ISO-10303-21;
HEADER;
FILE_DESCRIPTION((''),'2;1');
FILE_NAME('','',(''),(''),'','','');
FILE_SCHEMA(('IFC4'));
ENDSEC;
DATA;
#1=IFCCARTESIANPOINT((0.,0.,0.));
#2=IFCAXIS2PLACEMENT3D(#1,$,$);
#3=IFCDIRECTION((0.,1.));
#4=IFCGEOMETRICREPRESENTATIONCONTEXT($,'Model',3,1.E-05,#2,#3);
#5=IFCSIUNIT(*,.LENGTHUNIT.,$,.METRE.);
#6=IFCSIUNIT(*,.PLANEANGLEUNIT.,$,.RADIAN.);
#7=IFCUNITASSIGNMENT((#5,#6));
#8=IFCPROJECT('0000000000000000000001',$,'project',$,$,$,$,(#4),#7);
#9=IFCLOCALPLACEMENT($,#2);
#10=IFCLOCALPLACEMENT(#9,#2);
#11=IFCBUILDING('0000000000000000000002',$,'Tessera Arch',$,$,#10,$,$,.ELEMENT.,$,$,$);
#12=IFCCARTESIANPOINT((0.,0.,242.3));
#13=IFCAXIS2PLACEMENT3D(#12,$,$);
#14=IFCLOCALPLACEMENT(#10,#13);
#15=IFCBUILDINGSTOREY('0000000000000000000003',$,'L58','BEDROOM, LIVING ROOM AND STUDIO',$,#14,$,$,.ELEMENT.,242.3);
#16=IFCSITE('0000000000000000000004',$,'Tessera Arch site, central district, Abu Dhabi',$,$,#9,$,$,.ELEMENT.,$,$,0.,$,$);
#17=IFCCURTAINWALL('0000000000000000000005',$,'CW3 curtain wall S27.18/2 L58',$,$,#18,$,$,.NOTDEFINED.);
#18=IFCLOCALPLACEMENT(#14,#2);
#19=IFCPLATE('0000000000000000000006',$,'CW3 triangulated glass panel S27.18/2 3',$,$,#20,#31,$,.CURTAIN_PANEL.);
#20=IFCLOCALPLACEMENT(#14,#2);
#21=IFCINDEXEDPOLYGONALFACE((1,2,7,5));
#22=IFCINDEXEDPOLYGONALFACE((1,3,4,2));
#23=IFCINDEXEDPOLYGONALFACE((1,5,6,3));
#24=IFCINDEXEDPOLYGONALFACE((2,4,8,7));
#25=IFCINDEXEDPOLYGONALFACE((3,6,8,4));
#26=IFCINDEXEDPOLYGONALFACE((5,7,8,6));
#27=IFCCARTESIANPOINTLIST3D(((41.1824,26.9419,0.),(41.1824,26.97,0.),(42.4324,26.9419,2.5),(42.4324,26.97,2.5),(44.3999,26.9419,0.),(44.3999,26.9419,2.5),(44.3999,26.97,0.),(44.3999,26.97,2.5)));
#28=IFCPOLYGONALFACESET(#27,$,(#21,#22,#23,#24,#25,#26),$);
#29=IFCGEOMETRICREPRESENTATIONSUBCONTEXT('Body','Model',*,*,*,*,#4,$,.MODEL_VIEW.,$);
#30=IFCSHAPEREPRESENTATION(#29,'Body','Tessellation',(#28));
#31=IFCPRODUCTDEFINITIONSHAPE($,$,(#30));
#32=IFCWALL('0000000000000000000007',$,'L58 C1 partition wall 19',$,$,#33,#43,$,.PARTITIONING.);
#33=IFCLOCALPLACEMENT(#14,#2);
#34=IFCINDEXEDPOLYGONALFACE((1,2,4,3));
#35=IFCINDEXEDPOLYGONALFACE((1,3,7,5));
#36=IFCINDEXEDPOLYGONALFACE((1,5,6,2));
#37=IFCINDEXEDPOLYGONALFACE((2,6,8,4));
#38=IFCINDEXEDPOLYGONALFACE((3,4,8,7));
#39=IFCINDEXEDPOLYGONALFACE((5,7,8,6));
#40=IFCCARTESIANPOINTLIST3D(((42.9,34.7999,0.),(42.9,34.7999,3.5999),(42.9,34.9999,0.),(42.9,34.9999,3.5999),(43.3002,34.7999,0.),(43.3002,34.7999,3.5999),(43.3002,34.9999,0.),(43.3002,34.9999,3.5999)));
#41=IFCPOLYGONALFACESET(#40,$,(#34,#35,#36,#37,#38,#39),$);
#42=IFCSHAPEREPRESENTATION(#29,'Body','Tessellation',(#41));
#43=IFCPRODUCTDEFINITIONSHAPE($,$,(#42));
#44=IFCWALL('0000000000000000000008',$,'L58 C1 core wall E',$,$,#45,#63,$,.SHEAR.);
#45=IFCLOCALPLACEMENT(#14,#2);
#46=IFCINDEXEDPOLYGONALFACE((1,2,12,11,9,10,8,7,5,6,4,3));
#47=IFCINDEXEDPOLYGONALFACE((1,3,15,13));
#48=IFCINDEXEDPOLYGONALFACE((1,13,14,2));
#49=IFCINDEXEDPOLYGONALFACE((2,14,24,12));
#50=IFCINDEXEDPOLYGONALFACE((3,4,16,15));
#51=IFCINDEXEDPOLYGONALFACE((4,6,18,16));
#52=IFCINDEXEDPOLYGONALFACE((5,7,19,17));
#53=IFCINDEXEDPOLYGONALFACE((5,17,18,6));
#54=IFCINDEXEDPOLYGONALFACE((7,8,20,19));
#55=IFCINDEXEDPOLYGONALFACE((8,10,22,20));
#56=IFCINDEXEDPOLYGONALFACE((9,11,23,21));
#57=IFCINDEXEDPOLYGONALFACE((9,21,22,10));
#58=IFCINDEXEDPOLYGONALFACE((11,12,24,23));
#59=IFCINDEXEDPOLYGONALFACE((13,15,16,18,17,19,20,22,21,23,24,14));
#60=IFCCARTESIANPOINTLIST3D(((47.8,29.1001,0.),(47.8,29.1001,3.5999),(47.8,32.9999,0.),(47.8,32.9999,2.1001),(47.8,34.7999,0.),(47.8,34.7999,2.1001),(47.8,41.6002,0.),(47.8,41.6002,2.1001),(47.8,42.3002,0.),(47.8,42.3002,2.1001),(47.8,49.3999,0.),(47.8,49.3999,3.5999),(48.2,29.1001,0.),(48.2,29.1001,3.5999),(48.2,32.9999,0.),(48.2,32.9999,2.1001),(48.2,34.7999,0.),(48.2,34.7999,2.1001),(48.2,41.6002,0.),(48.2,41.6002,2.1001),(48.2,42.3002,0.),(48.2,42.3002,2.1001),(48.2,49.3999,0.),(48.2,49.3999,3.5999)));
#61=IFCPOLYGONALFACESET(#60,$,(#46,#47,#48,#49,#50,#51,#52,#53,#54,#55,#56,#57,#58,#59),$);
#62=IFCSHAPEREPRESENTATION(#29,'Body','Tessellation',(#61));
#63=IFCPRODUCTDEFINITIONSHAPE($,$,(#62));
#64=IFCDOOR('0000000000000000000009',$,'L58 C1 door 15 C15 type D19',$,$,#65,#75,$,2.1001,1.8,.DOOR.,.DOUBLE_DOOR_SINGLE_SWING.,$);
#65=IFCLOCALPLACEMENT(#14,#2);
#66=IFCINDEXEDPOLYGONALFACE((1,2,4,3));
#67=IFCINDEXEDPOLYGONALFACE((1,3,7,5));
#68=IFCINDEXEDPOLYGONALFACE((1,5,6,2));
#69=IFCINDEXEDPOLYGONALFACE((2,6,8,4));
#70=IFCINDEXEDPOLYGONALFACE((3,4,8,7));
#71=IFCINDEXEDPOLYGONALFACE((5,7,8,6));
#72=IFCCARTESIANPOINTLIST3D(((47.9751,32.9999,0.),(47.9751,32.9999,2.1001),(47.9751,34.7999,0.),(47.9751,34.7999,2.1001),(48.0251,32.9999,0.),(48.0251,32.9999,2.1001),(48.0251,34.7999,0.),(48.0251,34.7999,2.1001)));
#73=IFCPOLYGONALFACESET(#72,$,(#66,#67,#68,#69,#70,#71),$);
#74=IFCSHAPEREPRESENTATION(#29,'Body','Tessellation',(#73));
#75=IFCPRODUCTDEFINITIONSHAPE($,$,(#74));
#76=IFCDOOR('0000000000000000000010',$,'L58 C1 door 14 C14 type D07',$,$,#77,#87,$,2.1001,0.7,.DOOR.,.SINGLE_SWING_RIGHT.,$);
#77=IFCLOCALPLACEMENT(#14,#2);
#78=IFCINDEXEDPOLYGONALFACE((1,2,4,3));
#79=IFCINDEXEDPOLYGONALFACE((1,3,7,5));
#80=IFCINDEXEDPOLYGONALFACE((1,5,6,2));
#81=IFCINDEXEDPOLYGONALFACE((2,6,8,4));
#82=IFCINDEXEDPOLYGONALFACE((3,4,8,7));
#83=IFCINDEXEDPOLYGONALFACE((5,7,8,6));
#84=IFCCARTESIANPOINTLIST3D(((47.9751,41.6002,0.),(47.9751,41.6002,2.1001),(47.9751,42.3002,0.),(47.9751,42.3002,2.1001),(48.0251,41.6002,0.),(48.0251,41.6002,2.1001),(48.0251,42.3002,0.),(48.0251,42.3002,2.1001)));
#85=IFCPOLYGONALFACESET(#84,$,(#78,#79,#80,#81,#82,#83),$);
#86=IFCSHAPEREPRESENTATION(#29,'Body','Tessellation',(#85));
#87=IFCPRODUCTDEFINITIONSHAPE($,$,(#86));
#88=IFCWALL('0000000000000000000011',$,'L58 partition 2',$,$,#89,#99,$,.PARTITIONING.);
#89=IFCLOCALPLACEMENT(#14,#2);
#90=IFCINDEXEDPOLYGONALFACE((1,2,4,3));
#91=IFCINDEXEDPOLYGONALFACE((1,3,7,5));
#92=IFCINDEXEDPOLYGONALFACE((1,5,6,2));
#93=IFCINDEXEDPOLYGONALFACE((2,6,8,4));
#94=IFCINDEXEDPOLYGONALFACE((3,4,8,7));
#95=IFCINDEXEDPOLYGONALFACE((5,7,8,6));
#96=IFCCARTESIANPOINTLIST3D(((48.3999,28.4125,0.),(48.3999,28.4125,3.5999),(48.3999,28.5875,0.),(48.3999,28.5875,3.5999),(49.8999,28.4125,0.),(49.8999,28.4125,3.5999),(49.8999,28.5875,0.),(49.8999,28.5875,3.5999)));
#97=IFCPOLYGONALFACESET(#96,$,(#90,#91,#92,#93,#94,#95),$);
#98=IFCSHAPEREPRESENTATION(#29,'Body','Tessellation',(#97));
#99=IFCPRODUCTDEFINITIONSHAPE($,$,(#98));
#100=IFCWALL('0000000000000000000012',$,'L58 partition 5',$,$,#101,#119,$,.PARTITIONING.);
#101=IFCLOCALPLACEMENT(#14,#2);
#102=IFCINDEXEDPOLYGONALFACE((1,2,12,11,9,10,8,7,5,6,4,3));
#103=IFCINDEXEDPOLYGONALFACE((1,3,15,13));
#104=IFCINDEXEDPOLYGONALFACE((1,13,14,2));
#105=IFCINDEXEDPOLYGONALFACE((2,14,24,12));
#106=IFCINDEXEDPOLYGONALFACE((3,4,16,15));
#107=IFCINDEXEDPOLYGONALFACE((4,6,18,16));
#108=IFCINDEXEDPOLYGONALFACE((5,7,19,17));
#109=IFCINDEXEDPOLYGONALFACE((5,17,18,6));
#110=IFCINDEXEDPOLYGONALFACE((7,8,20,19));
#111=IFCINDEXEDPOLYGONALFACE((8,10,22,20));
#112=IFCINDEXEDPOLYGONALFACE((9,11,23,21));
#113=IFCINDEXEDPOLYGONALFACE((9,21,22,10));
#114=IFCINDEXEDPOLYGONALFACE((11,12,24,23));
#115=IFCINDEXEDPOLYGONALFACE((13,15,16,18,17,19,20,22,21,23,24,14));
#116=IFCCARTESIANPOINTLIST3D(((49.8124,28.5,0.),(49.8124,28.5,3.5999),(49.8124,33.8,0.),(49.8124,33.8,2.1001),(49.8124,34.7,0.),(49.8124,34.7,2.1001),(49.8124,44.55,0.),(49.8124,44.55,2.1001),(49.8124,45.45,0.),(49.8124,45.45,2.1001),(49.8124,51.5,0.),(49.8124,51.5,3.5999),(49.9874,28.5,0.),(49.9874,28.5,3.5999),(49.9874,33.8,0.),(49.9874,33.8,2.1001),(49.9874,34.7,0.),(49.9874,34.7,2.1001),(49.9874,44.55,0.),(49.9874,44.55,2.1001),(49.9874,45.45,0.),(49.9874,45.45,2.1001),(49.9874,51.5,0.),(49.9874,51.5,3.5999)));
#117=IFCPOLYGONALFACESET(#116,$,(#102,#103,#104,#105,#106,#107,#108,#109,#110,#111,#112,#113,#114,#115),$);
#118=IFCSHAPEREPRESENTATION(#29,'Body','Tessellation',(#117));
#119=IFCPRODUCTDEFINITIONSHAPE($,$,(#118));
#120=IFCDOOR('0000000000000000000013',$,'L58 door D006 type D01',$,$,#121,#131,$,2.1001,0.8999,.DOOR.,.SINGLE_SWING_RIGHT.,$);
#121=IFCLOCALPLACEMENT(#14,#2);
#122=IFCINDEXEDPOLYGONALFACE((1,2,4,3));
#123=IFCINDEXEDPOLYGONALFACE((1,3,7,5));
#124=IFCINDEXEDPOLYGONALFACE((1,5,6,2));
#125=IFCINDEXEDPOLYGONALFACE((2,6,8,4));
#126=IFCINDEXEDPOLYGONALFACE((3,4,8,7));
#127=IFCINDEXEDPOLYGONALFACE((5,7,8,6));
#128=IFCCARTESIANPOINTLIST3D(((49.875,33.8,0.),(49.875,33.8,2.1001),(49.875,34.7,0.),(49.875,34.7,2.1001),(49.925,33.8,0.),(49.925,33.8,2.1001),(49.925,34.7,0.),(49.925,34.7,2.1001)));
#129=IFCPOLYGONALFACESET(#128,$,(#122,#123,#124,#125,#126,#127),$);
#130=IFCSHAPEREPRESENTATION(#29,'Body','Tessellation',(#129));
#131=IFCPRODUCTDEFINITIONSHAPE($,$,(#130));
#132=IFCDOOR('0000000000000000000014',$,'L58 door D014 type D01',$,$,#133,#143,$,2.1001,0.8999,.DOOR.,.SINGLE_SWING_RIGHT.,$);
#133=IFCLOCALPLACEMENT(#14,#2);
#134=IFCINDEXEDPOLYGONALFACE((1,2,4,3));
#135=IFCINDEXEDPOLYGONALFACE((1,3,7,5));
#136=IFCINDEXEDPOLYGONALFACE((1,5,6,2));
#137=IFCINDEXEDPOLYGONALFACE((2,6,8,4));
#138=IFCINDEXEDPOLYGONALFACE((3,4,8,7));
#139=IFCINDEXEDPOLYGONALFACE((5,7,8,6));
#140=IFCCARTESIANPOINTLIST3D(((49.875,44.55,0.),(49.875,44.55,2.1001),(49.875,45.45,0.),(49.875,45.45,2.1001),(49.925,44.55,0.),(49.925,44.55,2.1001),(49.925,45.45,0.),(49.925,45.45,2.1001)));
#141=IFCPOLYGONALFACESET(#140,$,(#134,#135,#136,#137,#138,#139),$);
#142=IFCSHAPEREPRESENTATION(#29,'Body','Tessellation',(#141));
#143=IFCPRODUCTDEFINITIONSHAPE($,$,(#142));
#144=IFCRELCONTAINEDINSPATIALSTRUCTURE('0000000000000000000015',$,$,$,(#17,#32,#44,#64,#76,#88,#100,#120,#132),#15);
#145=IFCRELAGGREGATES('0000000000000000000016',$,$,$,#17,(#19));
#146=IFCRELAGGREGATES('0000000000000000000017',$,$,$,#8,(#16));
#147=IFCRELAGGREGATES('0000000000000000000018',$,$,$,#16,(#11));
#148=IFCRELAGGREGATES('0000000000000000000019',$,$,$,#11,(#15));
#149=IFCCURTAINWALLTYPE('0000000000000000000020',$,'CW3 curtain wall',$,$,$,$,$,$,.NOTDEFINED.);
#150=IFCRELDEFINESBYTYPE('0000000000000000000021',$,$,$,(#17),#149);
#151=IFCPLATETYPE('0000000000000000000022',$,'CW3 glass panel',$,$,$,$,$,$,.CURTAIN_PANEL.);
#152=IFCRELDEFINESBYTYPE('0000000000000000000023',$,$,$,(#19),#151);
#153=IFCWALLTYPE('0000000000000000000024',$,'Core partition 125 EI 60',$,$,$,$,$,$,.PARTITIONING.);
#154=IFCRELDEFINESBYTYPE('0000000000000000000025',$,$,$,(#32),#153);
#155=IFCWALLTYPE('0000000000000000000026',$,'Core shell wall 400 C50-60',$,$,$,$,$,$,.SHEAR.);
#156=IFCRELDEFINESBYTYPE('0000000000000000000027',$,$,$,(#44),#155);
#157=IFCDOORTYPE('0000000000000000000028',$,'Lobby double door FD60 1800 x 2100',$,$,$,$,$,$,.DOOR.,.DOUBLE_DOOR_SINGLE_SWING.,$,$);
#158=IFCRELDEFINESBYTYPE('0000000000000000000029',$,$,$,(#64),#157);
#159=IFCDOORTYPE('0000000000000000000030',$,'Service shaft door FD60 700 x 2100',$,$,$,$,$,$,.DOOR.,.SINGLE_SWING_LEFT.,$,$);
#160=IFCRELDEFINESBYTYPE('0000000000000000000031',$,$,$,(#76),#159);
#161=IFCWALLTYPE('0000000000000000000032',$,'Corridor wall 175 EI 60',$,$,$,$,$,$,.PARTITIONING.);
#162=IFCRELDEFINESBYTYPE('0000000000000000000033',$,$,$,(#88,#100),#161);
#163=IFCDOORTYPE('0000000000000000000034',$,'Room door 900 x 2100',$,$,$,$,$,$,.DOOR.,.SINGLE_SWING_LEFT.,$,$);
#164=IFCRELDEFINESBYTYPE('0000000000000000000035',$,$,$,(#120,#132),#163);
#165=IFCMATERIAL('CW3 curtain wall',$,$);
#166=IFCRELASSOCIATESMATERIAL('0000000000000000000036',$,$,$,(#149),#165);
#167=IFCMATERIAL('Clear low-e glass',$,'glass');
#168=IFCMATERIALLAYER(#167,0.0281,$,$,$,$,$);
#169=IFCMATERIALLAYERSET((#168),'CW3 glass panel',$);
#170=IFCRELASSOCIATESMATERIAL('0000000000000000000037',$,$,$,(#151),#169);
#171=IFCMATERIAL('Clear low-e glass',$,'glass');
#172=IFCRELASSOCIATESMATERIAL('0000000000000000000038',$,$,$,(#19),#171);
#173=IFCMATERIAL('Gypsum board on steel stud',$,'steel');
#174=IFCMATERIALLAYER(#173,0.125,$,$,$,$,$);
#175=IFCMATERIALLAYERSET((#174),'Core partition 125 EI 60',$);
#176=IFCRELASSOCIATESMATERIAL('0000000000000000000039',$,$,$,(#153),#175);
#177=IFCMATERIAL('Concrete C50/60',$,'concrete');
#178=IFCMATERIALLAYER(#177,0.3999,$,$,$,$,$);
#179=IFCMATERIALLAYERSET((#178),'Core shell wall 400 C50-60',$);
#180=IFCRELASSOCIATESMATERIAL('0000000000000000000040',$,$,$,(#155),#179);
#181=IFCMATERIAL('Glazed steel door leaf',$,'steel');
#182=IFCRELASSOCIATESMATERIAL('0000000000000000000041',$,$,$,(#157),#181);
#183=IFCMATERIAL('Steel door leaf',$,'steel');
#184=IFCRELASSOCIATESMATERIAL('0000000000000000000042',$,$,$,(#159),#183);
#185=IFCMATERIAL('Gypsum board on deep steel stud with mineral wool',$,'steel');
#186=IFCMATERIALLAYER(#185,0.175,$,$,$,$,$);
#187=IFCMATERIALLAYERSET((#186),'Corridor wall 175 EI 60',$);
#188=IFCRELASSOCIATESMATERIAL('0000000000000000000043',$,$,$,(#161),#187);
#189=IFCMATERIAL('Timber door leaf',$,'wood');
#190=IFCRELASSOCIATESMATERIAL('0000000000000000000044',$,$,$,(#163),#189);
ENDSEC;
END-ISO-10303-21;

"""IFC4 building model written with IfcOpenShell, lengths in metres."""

from ifc_helpers import new_model, si_unit, direction, frame, frame_2d, origin, place, context, subcontext, project, spatial, polyline, rectangle, outline, extrude, material, layer, layer_set, type_object, element, fill, aggregate, save


model = new_model("IFC4")

# Units and contexts
model_context = context("Model", 3, precision=1e-05, world=origin(), true_north=direction((0.0, 1.0)))
body_context = subcontext(model_context, "Body", "Model", "MODEL_VIEW")
ifc_project = project(units=[si_unit("LENGTHUNIT", "METRE"), si_unit("PLANEANGLEUNIT", "RADIAN")], contexts=[model_context])

# Site, building, storey
site_placement = place(None, origin())
site = spatial("IfcSite", under=ifc_project, at=site_placement, Name="Tessera Arch site, central district, Abu Dhabi", CompositionType="ELEMENT", RefElevation=0.0)
building_placement = place(site_placement, origin())
building = spatial("IfcBuilding", under=site, at=building_placement, Name="Tessera Arch", CompositionType="ELEMENT")
storey_placement = place(building_placement, frame((0.0, 0.0, 242.3)))
storey = spatial("IfcBuildingStorey", under=building, at=storey_placement, Name="L58", Description="BEDROOM, LIVING ROOM AND STUDIO", CompositionType="ELEMENT", Elevation=242.3)

# Shared definitions
ifc_material_1 = material(Name="CW3 curtain wall")
curtain_wall_type_1 = type_object("IfcCurtainWallType", Name="CW3 curtain wall", PredefinedType="NOTDEFINED", material=ifc_material_1)

# Shared definitions
ifc_material_2 = material(Name="Clear low-e glass", Category="glass")
ifc_material_3 = material(Name="Clear low-e glass", Category="glass")
ifc_layer_1 = layer(ifc_material_3, 0.0281)
ifc_layer_set_1 = layer_set([ifc_layer_1], Name="CW3 glass panel")
plate_type_1 = type_object("IfcPlateType", Name="CW3 glass panel", PredefinedType="CURTAIN_PANEL", material=ifc_layer_set_1)

# Curtain wall, plate
curtain_wall_1_placement = place(storey_placement, origin())
curtain_wall_1 = element("IfcCurtainWall", 1, at=curtain_wall_1_placement, inside=storey, type_object=curtain_wall_type_1, Name="CW3 curtain wall S27.18/2 L58", PredefinedType="NOTDEFINED")
plate_1_placement = place(storey_placement, frame((44.3999, 26.9419, 2.5), z_axis=(0.0, -1.0, 0.0), x_axis=(-1.0, 0.0, 0.0)))
plate_1 = element("IfcPlate", 2, at=plate_1_placement, type_object=plate_type_1, material=ifc_material_2, Name="CW3 triangulated glass panel S27.18/2 3", PredefinedType="CURTAIN_PANEL", context=body_context, shape_type="SweptSolid", body=[
    extrude(outline(polyline([(0.0, 0.0), (1.9675, 0.0), (3.2175, 2.5), (0.0, 2.5), (0.0, 0.0)])), origin(), (0.0, 0.0, -1.0), 0.0281),
])
aggregate(curtain_wall_1, [plate_1])

# Wall
ifc_material_4 = material(Name="Gypsum board on steel stud", Category="steel")
ifc_layer_2 = layer(ifc_material_4, 0.125)
ifc_layer_set_2 = layer_set([ifc_layer_2], Name="Core partition 125 EI 60")
wall_type_1 = type_object("IfcWallType", Name="Core partition 125 EI 60", PredefinedType="PARTITIONING", material=ifc_layer_set_2)
wall_1_placement = place(storey_placement, frame((42.8999, 34.8999, 0.0), z_axis=(0.0, 0.0, 1.0), x_axis=(1.0, 0.0, 0.0)))
element("IfcWall", 3, at=wall_1_placement, inside=storey, type_object=wall_type_1, Name="L58 C1 partition wall 19", PredefinedType="PARTITIONING", context=body_context, shape_type="SweptSolid", body=[
    extrude(rectangle(XDim=0.4001, YDim=0.2, at=frame_2d((0.2002, 0.0))), origin(), (0.0, 0.0, 1.0), 3.5999),
])

# Wall, openings, doors
ifc_material_5 = material(Name="Concrete C50/60", Category="concrete")
ifc_layer_3 = layer(ifc_material_5, 0.3999)
ifc_layer_set_3 = layer_set([ifc_layer_3], Name="Core shell wall 400 C50-60")
wall_type_2 = type_object("IfcWallType", Name="Core shell wall 400 C50-60", PredefinedType="SHEAR", material=ifc_layer_set_3)
wall_2_placement = place(storey_placement, frame((48.0, 29.1001, 0.0), z_axis=(0.0, 0.0, 1.0), x_axis=(0.0, 1.0, 0.0)))
wall_2 = element("IfcWall", 4, at=wall_2_placement, inside=storey, type_object=wall_type_2, Name="L58 C1 core wall E", PredefinedType="SHEAR", context=body_context, shape_type="SweptSolid", body=[
    extrude(rectangle(XDim=20.2998, YDim=0.3999, at=frame_2d((10.1499, 0.0))), origin(), (0.0, 0.0, 1.0), 3.5999),
])
opening_1_placement = place(wall_2_placement, frame((12.5, 0.0, 0.0)))
opening_1 = element("IfcOpeningElement", 5, at=opening_1_placement, cuts=wall_2, PredefinedType="OPENING", context=body_context, shape_type="SweptSolid", body=[
    extrude(rectangle(XDim=0.7, YDim=2.1001, at=frame_2d((0.3501, 1.05))), frame((0.0, 0.21, 0.0), z_axis=(0.0, -1.0, 0.0), x_axis=(1.0, 0.0, 0.0)), (0.0, 0.0, 1.0), 0.4199),
])
opening_2_placement = place(wall_2_placement, frame((3.8999, 0.0, 0.0)))
opening_2 = element("IfcOpeningElement", 6, at=opening_2_placement, cuts=wall_2, PredefinedType="OPENING", context=body_context, shape_type="SweptSolid", body=[
    extrude(rectangle(XDim=1.8, YDim=2.1001, at=frame_2d((0.8999, 1.05))), frame((0.0, 0.21, 0.0), z_axis=(0.0, -1.0, 0.0), x_axis=(1.0, 0.0, 0.0)), (0.0, 0.0, 1.0), 0.4199),
])
ifc_material_6 = material(Name="Glazed steel door leaf", Category="steel")
door_type_1 = type_object("IfcDoorType", Name="Lobby double door FD60 1800 x 2100", OperationType="DOUBLE_DOOR_SINGLE_SWING", PredefinedType="DOOR", material=ifc_material_6)
door_1_placement = place(opening_2_placement, origin())
door_1 = element("IfcDoor", 7, at=door_1_placement, inside=storey, type_object=door_type_1, Name="L58 C1 door 15 C15 type D19", OperationType="DOUBLE_DOOR_SINGLE_SWING", OverallHeight=2.1001, OverallWidth=1.8, PredefinedType="DOOR", context=body_context, shape_type="SweptSolid", body=[
    extrude(rectangle(XDim=1.8, YDim=2.1001, at=frame_2d((0.8999, 1.05))), frame((0.0, 0.0249, 0.0), z_axis=(0.0, -1.0, 0.0), x_axis=(1.0, 0.0, 0.0)), (0.0, 0.0, 1.0), 0.05),
])
fill(opening_2, door_1)
ifc_material_7 = material(Name="Steel door leaf", Category="steel")
door_type_2 = type_object("IfcDoorType", Name="Service shaft door FD60 700 x 2100", OperationType="SINGLE_SWING_LEFT", PredefinedType="DOOR", material=ifc_material_7)
door_2_placement = place(opening_1_placement, origin())
door_2 = element("IfcDoor", 8, at=door_2_placement, inside=storey, type_object=door_type_2, Name="L58 C1 door 14 C14 type D07", OperationType="SINGLE_SWING_RIGHT", OverallHeight=2.1001, OverallWidth=0.7, PredefinedType="DOOR", context=body_context, shape_type="SweptSolid", body=[
    extrude(rectangle(XDim=0.7, YDim=2.1001, at=frame_2d((0.3501, 1.05))), frame((0.0, 0.0249, 0.0), z_axis=(0.0, -1.0, 0.0), x_axis=(1.0, 0.0, 0.0)), (0.0, 0.0, 1.0), 0.05),
])
fill(opening_1, door_2)

# Wall
ifc_material_8 = material(Name="Gypsum board on deep steel stud with mineral wool", Category="steel")
ifc_layer_4 = layer(ifc_material_8, 0.175)
ifc_layer_set_4 = layer_set([ifc_layer_4], Name="Corridor wall 175 EI 60")
wall_type_3 = type_object("IfcWallType", Name="Corridor wall 175 EI 60", PredefinedType="PARTITIONING", material=ifc_layer_set_4)
wall_3_placement = place(storey_placement, frame((48.3999, 28.5, 0.0), z_axis=(0.0, 0.0, 1.0), x_axis=(1.0, 0.0, 0.0)))
element("IfcWall", 9, at=wall_3_placement, inside=storey, type_object=wall_type_3, Name="L58 partition 2", PredefinedType="PARTITIONING", context=body_context, shape_type="SweptSolid", body=[
    extrude(rectangle(XDim=1.5, YDim=0.175, at=frame_2d((0.75, 0.0))), origin(), (0.0, 0.0, 1.0), 3.5999),
])

# Wall, openings, doors
wall_4_placement = place(storey_placement, frame((49.8999, 28.5, 0.0), z_axis=(0.0, 0.0, 1.0), x_axis=(0.0, 1.0, 0.0)))
wall_4 = element("IfcWall", 10, at=wall_4_placement, inside=storey, type_object=wall_type_3, Name="L58 partition 5", PredefinedType="PARTITIONING", context=body_context, shape_type="SweptSolid", body=[
    extrude(rectangle(XDim=23.0, YDim=0.175, at=frame_2d((11.5, 0.0))), origin(), (0.0, 0.0, 1.0), 3.5999),
])
opening_3_placement = place(wall_4_placement, frame((5.3, 0.0, 0.0)))
opening_3 = element("IfcOpeningElement", 11, at=opening_3_placement, cuts=wall_4, PredefinedType="OPENING", context=body_context, shape_type="SweptSolid", body=[
    extrude(rectangle(XDim=0.8999, YDim=2.1001, at=frame_2d((0.45, 1.05))), frame((0.0, 0.0974, 0.0), z_axis=(0.0, -1.0, 0.0), x_axis=(1.0, 0.0, 0.0)), (0.0, 0.0, 1.0), 0.1951),
])
opening_4_placement = place(wall_4_placement, frame((16.05, 0.0, 0.0)))
opening_4 = element("IfcOpeningElement", 12, at=opening_4_placement, cuts=wall_4, PredefinedType="OPENING", context=body_context, shape_type="SweptSolid", body=[
    extrude(rectangle(XDim=0.8999, YDim=2.1001, at=frame_2d((0.45, 1.05))), frame((0.0, 0.0974, 0.0), z_axis=(0.0, -1.0, 0.0), x_axis=(1.0, 0.0, 0.0)), (0.0, 0.0, 1.0), 0.1951),
])
ifc_material_9 = material(Name="Timber door leaf", Category="wood")
door_type_3 = type_object("IfcDoorType", Name="Room door 900 x 2100", OperationType="SINGLE_SWING_LEFT", PredefinedType="DOOR", material=ifc_material_9)
door_3_placement = place(opening_3_placement, origin())
door_3 = element("IfcDoor", 13, at=door_3_placement, inside=storey, type_object=door_type_3, Name="L58 door D006 type D01", OperationType="SINGLE_SWING_RIGHT", OverallHeight=2.1001, OverallWidth=0.8999, PredefinedType="DOOR", context=body_context, shape_type="SweptSolid", body=[
    extrude(rectangle(XDim=0.8999, YDim=2.1001, at=frame_2d((0.45, 1.05))), frame((0.0, 0.0249, 0.0), z_axis=(0.0, -1.0, 0.0), x_axis=(1.0, 0.0, 0.0)), (0.0, 0.0, 1.0), 0.05),
])
fill(opening_3, door_3)
door_4_placement = place(opening_4_placement, origin())
door_4 = element("IfcDoor", 14, at=door_4_placement, inside=storey, type_object=door_type_3, Name="L58 door D014 type D01", OperationType="SINGLE_SWING_RIGHT", OverallHeight=2.1001, OverallWidth=0.8999, PredefinedType="DOOR", context=body_context, shape_type="SweptSolid", body=[
    extrude(rectangle(XDim=0.8999, YDim=2.1001, at=frame_2d((0.45, 1.05))), frame((0.0, 0.0249, 0.0), z_axis=(0.0, -1.0, 0.0), x_axis=(1.0, 0.0, 0.0)), (0.0, 0.0, 1.0), 0.05),
])
fill(opening_4, door_4)

save(model, "model.ifc")
